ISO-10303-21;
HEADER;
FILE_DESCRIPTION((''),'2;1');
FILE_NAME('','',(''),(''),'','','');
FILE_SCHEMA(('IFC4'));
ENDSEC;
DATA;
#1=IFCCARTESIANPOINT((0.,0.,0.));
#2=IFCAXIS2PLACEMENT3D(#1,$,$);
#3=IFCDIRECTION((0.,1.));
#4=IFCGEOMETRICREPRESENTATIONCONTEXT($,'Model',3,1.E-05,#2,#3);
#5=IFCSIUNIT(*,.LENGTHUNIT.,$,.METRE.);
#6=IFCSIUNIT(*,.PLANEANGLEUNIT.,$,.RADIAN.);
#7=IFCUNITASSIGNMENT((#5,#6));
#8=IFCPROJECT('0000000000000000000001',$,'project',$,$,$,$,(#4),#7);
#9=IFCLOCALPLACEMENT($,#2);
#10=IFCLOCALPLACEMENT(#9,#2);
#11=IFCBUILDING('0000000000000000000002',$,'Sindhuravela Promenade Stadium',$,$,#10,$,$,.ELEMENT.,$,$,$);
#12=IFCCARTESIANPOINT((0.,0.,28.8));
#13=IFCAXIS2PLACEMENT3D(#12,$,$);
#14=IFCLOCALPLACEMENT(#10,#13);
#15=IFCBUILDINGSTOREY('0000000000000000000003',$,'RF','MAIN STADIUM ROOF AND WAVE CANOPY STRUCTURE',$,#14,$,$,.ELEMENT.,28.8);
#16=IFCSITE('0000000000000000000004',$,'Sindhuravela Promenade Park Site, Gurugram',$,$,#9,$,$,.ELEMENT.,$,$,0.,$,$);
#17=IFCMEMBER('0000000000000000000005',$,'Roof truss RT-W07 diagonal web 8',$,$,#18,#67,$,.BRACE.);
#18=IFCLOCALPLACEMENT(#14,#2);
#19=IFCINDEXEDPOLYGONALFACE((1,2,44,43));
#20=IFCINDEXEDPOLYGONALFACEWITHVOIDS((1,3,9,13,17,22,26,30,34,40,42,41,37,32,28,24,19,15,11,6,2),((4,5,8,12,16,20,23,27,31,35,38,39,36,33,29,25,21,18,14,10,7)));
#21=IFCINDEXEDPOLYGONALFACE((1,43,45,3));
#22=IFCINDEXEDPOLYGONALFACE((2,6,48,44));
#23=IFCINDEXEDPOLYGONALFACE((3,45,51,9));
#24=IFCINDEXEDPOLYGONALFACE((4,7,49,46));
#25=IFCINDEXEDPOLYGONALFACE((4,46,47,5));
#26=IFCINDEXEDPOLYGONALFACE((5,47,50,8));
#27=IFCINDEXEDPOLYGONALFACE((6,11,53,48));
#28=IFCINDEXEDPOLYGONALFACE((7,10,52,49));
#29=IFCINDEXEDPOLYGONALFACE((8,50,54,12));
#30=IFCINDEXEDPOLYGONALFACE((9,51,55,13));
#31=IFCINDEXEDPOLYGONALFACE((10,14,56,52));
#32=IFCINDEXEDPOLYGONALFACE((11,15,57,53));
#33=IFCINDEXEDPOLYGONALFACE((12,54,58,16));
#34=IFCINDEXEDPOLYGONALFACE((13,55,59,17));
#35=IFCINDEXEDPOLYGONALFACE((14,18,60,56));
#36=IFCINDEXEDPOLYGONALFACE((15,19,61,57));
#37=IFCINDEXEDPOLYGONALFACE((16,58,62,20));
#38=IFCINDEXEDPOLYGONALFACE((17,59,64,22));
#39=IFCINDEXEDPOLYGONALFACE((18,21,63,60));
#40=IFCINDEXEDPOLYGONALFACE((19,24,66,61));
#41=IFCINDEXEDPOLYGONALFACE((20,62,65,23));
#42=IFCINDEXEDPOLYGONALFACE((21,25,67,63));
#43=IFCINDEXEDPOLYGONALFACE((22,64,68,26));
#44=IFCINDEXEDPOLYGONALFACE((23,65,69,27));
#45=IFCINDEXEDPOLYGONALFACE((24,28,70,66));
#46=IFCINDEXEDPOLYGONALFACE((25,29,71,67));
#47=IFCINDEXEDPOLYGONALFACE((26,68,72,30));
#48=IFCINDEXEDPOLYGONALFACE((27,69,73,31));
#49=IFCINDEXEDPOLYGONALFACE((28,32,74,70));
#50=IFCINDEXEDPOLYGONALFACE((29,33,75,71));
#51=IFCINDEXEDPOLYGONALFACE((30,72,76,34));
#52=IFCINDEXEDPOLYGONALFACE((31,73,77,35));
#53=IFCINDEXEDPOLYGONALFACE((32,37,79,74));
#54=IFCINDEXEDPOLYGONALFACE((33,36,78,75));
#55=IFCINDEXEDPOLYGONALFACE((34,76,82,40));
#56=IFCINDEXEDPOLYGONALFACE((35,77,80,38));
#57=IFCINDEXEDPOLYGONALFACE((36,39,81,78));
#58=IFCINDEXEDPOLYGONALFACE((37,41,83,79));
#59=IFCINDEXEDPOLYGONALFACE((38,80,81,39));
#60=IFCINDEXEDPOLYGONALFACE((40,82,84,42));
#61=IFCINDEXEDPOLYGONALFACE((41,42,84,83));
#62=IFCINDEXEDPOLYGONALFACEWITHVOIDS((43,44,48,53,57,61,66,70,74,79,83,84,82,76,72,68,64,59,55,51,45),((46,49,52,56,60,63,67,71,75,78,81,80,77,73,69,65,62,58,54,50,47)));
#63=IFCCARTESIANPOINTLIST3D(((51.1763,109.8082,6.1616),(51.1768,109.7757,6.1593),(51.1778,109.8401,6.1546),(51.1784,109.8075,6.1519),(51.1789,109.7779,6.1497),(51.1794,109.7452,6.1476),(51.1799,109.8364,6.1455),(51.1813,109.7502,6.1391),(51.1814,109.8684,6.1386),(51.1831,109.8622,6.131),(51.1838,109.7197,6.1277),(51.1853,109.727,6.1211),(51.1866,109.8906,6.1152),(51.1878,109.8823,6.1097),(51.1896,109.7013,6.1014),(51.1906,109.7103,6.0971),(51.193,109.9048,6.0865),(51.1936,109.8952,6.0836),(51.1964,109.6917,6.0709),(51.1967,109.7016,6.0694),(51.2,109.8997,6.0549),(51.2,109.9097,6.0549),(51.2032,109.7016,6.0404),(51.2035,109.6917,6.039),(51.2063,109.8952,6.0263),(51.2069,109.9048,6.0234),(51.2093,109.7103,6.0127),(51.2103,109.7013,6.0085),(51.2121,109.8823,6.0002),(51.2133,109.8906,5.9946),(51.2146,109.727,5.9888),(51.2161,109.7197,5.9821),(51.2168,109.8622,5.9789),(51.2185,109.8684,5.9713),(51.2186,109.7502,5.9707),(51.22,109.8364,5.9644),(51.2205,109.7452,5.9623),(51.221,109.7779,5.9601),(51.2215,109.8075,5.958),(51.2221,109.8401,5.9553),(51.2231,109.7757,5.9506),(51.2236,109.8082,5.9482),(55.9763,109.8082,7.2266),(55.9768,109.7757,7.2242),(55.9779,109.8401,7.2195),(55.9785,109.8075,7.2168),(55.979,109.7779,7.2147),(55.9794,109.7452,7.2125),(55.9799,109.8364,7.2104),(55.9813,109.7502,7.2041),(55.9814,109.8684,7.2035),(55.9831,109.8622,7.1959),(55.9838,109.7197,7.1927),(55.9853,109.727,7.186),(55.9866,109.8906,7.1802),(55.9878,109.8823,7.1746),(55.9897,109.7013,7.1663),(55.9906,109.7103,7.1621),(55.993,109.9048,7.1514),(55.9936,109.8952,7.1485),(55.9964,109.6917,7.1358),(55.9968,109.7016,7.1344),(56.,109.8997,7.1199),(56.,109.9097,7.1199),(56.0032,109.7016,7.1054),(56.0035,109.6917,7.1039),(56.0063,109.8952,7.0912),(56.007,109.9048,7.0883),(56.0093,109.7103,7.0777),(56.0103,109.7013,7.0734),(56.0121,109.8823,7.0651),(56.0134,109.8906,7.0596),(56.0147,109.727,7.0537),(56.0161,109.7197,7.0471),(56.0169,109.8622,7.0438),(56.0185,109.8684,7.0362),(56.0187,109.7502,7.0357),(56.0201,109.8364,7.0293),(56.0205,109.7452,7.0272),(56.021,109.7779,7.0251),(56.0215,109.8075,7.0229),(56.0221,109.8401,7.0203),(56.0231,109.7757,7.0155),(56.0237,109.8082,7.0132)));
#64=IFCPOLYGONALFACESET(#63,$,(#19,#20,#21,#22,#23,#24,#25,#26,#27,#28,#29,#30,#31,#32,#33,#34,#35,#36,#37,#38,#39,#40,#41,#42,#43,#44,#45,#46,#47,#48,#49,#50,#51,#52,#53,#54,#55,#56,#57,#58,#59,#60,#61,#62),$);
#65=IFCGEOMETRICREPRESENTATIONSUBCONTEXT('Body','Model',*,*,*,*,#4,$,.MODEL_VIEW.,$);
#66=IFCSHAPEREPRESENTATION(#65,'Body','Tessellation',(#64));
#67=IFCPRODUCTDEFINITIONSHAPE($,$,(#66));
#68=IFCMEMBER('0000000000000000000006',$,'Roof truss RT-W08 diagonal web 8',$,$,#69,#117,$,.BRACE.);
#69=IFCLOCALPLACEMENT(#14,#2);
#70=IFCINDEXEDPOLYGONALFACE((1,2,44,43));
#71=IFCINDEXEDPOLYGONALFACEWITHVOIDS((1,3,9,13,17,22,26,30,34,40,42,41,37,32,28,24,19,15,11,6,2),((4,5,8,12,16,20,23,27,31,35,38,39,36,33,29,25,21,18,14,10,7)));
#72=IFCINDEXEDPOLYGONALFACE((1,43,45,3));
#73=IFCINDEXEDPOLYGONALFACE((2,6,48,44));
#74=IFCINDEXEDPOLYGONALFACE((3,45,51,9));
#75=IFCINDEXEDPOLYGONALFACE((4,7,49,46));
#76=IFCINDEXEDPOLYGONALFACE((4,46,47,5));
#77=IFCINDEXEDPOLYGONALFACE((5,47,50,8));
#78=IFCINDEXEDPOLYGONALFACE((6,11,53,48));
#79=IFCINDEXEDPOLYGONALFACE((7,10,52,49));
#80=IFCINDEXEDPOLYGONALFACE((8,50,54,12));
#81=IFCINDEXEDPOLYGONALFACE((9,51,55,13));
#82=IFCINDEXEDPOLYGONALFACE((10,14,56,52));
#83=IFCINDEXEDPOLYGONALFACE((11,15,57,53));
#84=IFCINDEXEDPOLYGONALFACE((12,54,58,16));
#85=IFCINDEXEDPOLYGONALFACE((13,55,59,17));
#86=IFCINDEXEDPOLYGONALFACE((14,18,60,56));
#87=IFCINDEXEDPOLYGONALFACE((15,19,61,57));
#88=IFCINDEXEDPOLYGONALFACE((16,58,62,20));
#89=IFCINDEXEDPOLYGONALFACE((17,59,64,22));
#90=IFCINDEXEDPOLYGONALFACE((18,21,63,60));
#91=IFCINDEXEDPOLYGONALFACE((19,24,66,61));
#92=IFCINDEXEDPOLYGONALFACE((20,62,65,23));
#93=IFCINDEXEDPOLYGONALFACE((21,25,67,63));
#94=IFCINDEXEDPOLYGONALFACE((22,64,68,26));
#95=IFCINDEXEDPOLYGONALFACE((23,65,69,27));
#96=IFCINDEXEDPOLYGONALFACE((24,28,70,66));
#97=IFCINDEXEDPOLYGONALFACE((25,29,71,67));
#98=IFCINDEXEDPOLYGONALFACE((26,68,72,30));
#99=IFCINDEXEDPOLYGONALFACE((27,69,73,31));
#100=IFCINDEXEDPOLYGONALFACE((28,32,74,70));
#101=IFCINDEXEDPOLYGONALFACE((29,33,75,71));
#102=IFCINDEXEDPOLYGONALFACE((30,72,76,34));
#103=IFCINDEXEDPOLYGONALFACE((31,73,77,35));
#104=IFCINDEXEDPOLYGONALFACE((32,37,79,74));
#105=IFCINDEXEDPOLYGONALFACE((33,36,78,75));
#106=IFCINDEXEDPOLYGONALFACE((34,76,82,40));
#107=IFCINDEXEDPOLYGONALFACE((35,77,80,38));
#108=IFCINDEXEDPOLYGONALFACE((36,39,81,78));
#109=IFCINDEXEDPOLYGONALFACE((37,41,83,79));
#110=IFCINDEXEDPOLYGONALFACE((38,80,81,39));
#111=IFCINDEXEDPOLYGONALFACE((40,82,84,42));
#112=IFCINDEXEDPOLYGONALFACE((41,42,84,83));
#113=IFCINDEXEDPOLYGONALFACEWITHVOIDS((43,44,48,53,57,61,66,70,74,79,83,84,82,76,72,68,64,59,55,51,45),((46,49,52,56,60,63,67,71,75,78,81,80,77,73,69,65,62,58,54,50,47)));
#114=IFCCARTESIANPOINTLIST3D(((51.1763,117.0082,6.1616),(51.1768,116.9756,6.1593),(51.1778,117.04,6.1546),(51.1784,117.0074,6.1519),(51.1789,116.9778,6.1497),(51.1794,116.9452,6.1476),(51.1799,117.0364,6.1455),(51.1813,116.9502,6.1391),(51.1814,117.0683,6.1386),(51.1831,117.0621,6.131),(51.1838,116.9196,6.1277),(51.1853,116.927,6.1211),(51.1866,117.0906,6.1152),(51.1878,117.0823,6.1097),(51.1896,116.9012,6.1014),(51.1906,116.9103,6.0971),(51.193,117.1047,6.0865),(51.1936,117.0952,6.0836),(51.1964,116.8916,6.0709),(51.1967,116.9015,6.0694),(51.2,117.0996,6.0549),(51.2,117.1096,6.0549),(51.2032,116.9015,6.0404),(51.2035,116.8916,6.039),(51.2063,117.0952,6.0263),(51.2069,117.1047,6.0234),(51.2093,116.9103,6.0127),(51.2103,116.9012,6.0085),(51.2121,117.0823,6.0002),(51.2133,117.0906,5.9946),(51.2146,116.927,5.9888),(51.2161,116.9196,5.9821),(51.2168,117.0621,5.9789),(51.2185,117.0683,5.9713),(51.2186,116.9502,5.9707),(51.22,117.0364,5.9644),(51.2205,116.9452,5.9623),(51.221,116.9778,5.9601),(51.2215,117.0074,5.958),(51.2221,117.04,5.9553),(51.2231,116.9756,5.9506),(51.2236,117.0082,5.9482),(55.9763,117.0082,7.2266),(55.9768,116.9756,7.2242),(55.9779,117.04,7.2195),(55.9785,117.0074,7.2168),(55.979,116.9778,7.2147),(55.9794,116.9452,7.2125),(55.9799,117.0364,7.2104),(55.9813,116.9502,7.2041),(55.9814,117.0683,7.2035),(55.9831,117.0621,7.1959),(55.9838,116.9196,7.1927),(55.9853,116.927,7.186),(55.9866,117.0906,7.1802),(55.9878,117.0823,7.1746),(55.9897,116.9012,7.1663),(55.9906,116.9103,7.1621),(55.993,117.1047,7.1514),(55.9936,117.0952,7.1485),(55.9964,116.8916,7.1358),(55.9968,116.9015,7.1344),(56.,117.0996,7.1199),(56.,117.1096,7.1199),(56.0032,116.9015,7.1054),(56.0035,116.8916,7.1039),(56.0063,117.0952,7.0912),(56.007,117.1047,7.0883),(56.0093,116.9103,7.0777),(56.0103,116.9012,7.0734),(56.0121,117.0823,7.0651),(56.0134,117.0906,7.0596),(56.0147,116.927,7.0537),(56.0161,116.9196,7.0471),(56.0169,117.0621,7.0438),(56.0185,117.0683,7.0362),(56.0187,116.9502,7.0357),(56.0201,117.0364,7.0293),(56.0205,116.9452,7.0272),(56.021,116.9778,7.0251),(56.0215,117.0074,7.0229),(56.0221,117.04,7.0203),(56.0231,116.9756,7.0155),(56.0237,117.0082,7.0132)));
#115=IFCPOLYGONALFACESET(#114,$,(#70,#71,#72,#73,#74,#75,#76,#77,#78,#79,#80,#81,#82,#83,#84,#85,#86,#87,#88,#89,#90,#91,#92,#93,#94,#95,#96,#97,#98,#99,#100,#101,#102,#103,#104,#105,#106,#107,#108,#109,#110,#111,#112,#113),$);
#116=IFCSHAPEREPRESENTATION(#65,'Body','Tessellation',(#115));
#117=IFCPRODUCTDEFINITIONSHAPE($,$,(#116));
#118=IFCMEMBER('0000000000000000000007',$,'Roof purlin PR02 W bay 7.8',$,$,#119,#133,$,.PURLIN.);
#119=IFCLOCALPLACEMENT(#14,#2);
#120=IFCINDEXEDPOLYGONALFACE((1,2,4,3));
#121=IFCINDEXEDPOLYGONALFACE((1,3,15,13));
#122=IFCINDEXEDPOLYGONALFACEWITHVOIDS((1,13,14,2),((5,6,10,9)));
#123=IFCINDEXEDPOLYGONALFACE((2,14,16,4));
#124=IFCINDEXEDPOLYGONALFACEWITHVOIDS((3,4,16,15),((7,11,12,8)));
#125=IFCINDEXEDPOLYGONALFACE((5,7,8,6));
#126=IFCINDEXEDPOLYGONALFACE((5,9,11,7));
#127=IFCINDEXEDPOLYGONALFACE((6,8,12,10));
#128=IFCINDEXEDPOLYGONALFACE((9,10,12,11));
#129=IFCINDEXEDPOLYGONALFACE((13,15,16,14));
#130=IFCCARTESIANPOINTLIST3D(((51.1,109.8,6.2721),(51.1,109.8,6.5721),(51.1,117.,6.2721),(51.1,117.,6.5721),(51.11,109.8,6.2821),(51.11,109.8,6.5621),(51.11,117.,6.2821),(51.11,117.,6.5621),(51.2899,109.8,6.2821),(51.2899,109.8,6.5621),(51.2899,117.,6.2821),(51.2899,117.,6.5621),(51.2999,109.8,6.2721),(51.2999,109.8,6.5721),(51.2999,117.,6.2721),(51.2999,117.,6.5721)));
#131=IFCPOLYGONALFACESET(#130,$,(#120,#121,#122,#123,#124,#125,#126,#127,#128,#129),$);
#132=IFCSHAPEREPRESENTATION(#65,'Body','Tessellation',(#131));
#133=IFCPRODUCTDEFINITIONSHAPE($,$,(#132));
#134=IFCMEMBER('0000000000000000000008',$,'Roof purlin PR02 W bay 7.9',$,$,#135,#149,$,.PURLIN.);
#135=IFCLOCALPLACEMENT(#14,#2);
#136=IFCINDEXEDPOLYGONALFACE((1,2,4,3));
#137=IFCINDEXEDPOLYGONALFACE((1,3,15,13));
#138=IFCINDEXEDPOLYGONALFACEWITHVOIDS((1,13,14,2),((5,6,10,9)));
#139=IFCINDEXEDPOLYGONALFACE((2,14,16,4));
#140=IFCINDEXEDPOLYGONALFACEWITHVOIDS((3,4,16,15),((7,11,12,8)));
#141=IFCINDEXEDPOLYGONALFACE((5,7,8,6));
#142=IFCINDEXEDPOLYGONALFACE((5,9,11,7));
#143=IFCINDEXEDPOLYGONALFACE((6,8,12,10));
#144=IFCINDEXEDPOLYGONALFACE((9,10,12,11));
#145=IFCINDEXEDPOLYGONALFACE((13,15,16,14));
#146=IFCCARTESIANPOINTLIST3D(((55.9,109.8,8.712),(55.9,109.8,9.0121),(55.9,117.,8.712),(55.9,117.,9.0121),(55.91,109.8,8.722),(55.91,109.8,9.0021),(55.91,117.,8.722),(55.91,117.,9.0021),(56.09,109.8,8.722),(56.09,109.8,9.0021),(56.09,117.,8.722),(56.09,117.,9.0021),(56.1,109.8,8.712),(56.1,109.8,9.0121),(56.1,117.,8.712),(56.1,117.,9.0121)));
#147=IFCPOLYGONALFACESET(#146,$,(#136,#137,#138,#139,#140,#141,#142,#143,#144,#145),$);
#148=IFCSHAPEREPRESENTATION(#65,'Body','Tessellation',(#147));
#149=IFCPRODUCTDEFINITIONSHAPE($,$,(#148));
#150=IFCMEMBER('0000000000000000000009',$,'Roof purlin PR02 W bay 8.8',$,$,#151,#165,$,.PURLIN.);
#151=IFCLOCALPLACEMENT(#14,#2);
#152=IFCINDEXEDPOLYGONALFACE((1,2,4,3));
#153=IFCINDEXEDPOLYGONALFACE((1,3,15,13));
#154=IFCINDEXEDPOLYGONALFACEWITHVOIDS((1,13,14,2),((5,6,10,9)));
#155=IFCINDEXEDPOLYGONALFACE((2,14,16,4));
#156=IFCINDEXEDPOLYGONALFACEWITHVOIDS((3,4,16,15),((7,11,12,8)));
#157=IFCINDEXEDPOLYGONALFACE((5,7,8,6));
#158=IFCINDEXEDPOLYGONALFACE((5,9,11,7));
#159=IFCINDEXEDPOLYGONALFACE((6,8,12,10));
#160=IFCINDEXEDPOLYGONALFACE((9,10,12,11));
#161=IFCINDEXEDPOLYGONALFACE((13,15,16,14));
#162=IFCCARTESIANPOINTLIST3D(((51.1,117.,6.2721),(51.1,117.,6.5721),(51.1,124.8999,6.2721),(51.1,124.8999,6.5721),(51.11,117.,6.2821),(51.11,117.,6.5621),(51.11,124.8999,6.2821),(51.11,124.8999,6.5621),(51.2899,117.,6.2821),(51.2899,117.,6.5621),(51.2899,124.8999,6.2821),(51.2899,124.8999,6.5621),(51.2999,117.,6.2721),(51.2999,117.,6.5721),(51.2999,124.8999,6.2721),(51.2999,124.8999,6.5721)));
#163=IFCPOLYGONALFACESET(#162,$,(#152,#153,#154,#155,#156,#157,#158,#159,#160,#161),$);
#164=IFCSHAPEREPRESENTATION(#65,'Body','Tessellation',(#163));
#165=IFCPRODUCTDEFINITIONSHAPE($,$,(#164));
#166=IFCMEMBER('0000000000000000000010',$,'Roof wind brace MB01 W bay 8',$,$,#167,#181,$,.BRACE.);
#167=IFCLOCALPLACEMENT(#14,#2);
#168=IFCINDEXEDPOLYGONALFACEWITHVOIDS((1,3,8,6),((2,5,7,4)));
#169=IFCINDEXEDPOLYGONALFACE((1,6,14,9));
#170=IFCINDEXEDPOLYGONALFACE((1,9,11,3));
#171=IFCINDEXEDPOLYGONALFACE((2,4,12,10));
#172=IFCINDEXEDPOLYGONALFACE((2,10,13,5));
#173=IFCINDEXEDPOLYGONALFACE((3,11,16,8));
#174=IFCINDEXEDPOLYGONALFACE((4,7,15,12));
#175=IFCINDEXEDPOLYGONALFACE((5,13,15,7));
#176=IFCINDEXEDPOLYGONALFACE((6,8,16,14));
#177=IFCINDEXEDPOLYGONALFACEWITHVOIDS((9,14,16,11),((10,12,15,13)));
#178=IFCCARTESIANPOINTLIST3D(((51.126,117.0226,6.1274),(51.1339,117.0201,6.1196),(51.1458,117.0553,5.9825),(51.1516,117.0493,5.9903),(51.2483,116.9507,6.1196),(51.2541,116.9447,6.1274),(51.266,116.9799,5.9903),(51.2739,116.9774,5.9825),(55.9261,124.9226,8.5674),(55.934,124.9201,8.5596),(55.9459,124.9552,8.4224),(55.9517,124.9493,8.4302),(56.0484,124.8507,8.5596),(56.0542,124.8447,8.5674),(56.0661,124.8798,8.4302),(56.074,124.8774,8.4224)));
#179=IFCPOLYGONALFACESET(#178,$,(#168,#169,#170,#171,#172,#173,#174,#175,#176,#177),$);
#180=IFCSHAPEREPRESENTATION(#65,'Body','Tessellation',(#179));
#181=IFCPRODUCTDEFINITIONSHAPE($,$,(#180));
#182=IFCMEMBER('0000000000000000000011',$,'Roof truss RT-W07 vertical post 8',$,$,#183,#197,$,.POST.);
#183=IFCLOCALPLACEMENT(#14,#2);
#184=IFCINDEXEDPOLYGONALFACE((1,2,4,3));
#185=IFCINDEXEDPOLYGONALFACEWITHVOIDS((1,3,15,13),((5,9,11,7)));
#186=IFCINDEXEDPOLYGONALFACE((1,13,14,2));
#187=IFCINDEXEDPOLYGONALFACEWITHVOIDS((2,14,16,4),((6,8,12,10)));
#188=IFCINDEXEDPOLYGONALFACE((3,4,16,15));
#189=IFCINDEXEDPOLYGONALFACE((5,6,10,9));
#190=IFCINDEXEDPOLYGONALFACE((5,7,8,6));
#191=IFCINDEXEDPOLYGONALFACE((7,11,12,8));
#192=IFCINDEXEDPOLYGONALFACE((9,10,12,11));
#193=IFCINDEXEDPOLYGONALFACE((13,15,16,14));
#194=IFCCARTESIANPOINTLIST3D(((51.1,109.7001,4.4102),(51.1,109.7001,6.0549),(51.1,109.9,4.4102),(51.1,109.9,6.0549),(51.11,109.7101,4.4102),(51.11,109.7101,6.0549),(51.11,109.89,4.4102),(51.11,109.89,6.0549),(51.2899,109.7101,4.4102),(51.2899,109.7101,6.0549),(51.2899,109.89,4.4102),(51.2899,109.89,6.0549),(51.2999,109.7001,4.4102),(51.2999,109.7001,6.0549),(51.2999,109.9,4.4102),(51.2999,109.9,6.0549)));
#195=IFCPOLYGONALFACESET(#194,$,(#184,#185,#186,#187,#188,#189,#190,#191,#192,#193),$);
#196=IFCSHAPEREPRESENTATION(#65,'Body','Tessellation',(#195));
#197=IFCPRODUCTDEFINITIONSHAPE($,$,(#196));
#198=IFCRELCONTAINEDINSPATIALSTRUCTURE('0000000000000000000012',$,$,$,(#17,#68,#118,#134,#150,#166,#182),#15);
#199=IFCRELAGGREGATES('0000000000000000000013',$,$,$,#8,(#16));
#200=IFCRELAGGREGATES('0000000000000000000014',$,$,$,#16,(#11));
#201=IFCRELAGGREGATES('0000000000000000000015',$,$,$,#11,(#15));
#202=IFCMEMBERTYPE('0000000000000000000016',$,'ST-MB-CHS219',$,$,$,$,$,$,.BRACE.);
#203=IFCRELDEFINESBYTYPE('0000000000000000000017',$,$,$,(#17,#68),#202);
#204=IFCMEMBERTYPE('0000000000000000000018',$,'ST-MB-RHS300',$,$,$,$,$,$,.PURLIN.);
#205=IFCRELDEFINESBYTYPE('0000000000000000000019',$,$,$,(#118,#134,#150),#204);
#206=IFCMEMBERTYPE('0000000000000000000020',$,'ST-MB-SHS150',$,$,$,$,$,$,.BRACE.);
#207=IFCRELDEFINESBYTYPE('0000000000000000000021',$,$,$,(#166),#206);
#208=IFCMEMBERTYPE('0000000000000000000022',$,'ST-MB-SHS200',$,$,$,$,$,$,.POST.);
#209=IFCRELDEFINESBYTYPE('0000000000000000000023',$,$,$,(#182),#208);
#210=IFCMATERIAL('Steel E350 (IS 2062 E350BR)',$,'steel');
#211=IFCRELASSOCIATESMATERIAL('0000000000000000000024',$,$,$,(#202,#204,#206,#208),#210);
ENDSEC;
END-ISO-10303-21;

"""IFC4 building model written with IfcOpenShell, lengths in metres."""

from ifc_helpers import new_model, si_unit, direction, frame, origin, origin_2d, place, context, subcontext, project, spatial, hollow_rectangle, hollow_circle, extrude, material, material_profile, profile_set, type_object, element, save


model = new_model("IFC4")

# Units and contexts
model_context = context("Model", 3, precision=1e-05, world=origin(), true_north=direction((0.0, 1.0)))
body_context = subcontext(model_context, "Body", "Model", "MODEL_VIEW")
ifc_project = project(units=[si_unit("LENGTHUNIT", "METRE"), si_unit("PLANEANGLEUNIT", "RADIAN")], contexts=[model_context])

# Site, building, storey
site_placement = place(None, origin())
site = spatial("IfcSite", under=ifc_project, at=site_placement, Name="Sindhuravela Promenade Park Site, Gurugram", CompositionType="ELEMENT", RefElevation=0.0)
building_placement = place(site_placement, origin())
building = spatial("IfcBuilding", under=site, at=building_placement, Name="Sindhuravela Promenade Stadium", CompositionType="ELEMENT")
storey_placement = place(building_placement, frame((0.0, 0.0, 28.8)))
storey = spatial("IfcBuildingStorey", under=building, at=storey_placement, Name="RF", Description="MAIN STADIUM ROOF AND WAVE CANOPY STRUCTURE", CompositionType="ELEMENT", Elevation=28.8)

# Shared definitions
ifc_material_1 = material(Name="Steel E350 (IS 2062 E350BR)", Category="steel")

# Members
ifc_material_profile_1 = material_profile(ifc_material_1, hollow_circle(Radius=0.1096, WallThickness=0.01, at=origin_2d()), Name="CHS 219.1x10")
ifc_profile_set_1 = profile_set([ifc_material_profile_1], Name="Steel E350 (IS 2062 E350BR)")
member_type_1 = type_object("IfcMemberType", Name="ST-MB-CHS219", PredefinedType="BRACE", material=ifc_profile_set_1)
for number, where, z_axis, x_axis, name in (
    (1, (51.2, 109.8, 6.0549), (0.976262, 0.0, 0.216594), (0.0, 1.0, 0.0), "Roof truss RT-W07 diagonal web 8"),
    (2, (51.2, 117.0, 6.0549), (0.976262, 0.0, 0.216594), (0.0, 1.0, 0.0), "Roof truss RT-W08 diagonal web 8"),
):
    element("IfcMember", number, at=place(storey_placement, frame(where, z_axis=z_axis, x_axis=x_axis)), inside=storey, type_object=member_type_1, Name=name, PredefinedType="BRACE", context=body_context, shape_type="SweptSolid", body=[
        extrude(hollow_circle(Radius=0.1096, WallThickness=0.01, at=origin_2d()), origin(), (0.0, 0.0, 1.0), 4.9167),
    ])
ifc_material_profile_2 = material_profile(ifc_material_1, hollow_rectangle(XDim=0.2, YDim=0.3, WallThickness=0.01, at=origin_2d()), Name="RHS 300x200x10")
ifc_profile_set_2 = profile_set([ifc_material_profile_2], Name="Steel E350 (IS 2062 E350BR)")
member_type_2 = type_object("IfcMemberType", Name="ST-MB-RHS300", PredefinedType="PURLIN", material=ifc_profile_set_2)
for number, where, z_axis, x_axis, name in (
    (3, (51.2, 109.8, 6.4221), (0.0, 1.0, 0.0), (-1.0, 0.0, 0.0), "Roof purlin PR02 W bay 7.8"),
    (4, (56.0, 109.8, 8.8621), (0.0, 1.0, 0.0), (-1.0, 0.0, 0.0), "Roof purlin PR02 W bay 7.9"),
):
    element("IfcMember", number, at=place(storey_placement, frame(where, z_axis=z_axis, x_axis=x_axis)), inside=storey, type_object=member_type_2, Name=name, PredefinedType="PURLIN", context=body_context, shape_type="SweptSolid", body=[
        extrude(hollow_rectangle(XDim=0.2, YDim=0.3, WallThickness=0.01, at=origin_2d()), origin(), (0.0, 0.0, 1.0), 7.2),
    ])
member_1_placement = place(storey_placement, frame((51.2, 117.0, 6.4221), z_axis=(0.0, 1.0, 0.0), x_axis=(-1.0, 0.0, 0.0)))
element("IfcMember", 5, at=member_1_placement, inside=storey, type_object=member_type_2, Name="Roof purlin PR02 W bay 8.8", PredefinedType="PURLIN", context=body_context, shape_type="SweptSolid", body=[
    extrude(hollow_rectangle(XDim=0.2, YDim=0.3, WallThickness=0.01, at=origin_2d()), origin(), (0.0, 0.0, 1.0), 7.8999),
])
ifc_material_profile_3 = material_profile(ifc_material_1, hollow_rectangle(XDim=0.1499, YDim=0.1499, WallThickness=0.0081, at=origin_2d()), Name="SHS 150x150x8")
ifc_profile_set_3 = profile_set([ifc_material_profile_3], Name="Steel E350 (IS 2062 E350BR)")
member_type_3 = type_object("IfcMemberType", Name="ST-MB-SHS150", PredefinedType="BRACE", material=ifc_profile_set_3)
member_2_placement = place(storey_placement, frame((51.2, 117.0, 6.0549), z_axis=(0.502073, 0.826311, 0.255212), x_axis=(-0.854611, 0.519269, 0.0)))
element("IfcMember", 6, at=member_2_placement, inside=storey, type_object=member_type_3, Name="Roof wind brace MB01 W bay 8", PredefinedType="BRACE", context=body_context, shape_type="SweptSolid", body=[
    extrude(hollow_rectangle(XDim=0.1499, YDim=0.1499, WallThickness=0.0081, at=origin_2d()), origin(), (0.0, 0.0, 1.0), 9.5605),
])
ifc_material_profile_4 = material_profile(ifc_material_1, hollow_rectangle(XDim=0.2, YDim=0.2, WallThickness=0.01, at=origin_2d()), Name="SHS 200x200x10")
ifc_profile_set_4 = profile_set([ifc_material_profile_4], Name="Steel E350 (IS 2062 E350BR)")
member_type_4 = type_object("IfcMemberType", Name="ST-MB-SHS200", PredefinedType="POST", material=ifc_profile_set_4)
member_3_placement = place(storey_placement, frame((51.2, 109.8, 4.4102), z_axis=(0.0, 0.0, 1.0), x_axis=(1.0, 0.0, 0.0)))
element("IfcMember", 7, at=member_3_placement, inside=storey, type_object=member_type_4, Name="Roof truss RT-W07 vertical post 8", PredefinedType="POST", context=body_context, shape_type="SweptSolid", body=[
    extrude(hollow_rectangle(XDim=0.2, YDim=0.2, WallThickness=0.01, at=origin_2d()), origin(), (0.0, 0.0, 1.0), 1.6448),
])

save(model, "model.ifc")
